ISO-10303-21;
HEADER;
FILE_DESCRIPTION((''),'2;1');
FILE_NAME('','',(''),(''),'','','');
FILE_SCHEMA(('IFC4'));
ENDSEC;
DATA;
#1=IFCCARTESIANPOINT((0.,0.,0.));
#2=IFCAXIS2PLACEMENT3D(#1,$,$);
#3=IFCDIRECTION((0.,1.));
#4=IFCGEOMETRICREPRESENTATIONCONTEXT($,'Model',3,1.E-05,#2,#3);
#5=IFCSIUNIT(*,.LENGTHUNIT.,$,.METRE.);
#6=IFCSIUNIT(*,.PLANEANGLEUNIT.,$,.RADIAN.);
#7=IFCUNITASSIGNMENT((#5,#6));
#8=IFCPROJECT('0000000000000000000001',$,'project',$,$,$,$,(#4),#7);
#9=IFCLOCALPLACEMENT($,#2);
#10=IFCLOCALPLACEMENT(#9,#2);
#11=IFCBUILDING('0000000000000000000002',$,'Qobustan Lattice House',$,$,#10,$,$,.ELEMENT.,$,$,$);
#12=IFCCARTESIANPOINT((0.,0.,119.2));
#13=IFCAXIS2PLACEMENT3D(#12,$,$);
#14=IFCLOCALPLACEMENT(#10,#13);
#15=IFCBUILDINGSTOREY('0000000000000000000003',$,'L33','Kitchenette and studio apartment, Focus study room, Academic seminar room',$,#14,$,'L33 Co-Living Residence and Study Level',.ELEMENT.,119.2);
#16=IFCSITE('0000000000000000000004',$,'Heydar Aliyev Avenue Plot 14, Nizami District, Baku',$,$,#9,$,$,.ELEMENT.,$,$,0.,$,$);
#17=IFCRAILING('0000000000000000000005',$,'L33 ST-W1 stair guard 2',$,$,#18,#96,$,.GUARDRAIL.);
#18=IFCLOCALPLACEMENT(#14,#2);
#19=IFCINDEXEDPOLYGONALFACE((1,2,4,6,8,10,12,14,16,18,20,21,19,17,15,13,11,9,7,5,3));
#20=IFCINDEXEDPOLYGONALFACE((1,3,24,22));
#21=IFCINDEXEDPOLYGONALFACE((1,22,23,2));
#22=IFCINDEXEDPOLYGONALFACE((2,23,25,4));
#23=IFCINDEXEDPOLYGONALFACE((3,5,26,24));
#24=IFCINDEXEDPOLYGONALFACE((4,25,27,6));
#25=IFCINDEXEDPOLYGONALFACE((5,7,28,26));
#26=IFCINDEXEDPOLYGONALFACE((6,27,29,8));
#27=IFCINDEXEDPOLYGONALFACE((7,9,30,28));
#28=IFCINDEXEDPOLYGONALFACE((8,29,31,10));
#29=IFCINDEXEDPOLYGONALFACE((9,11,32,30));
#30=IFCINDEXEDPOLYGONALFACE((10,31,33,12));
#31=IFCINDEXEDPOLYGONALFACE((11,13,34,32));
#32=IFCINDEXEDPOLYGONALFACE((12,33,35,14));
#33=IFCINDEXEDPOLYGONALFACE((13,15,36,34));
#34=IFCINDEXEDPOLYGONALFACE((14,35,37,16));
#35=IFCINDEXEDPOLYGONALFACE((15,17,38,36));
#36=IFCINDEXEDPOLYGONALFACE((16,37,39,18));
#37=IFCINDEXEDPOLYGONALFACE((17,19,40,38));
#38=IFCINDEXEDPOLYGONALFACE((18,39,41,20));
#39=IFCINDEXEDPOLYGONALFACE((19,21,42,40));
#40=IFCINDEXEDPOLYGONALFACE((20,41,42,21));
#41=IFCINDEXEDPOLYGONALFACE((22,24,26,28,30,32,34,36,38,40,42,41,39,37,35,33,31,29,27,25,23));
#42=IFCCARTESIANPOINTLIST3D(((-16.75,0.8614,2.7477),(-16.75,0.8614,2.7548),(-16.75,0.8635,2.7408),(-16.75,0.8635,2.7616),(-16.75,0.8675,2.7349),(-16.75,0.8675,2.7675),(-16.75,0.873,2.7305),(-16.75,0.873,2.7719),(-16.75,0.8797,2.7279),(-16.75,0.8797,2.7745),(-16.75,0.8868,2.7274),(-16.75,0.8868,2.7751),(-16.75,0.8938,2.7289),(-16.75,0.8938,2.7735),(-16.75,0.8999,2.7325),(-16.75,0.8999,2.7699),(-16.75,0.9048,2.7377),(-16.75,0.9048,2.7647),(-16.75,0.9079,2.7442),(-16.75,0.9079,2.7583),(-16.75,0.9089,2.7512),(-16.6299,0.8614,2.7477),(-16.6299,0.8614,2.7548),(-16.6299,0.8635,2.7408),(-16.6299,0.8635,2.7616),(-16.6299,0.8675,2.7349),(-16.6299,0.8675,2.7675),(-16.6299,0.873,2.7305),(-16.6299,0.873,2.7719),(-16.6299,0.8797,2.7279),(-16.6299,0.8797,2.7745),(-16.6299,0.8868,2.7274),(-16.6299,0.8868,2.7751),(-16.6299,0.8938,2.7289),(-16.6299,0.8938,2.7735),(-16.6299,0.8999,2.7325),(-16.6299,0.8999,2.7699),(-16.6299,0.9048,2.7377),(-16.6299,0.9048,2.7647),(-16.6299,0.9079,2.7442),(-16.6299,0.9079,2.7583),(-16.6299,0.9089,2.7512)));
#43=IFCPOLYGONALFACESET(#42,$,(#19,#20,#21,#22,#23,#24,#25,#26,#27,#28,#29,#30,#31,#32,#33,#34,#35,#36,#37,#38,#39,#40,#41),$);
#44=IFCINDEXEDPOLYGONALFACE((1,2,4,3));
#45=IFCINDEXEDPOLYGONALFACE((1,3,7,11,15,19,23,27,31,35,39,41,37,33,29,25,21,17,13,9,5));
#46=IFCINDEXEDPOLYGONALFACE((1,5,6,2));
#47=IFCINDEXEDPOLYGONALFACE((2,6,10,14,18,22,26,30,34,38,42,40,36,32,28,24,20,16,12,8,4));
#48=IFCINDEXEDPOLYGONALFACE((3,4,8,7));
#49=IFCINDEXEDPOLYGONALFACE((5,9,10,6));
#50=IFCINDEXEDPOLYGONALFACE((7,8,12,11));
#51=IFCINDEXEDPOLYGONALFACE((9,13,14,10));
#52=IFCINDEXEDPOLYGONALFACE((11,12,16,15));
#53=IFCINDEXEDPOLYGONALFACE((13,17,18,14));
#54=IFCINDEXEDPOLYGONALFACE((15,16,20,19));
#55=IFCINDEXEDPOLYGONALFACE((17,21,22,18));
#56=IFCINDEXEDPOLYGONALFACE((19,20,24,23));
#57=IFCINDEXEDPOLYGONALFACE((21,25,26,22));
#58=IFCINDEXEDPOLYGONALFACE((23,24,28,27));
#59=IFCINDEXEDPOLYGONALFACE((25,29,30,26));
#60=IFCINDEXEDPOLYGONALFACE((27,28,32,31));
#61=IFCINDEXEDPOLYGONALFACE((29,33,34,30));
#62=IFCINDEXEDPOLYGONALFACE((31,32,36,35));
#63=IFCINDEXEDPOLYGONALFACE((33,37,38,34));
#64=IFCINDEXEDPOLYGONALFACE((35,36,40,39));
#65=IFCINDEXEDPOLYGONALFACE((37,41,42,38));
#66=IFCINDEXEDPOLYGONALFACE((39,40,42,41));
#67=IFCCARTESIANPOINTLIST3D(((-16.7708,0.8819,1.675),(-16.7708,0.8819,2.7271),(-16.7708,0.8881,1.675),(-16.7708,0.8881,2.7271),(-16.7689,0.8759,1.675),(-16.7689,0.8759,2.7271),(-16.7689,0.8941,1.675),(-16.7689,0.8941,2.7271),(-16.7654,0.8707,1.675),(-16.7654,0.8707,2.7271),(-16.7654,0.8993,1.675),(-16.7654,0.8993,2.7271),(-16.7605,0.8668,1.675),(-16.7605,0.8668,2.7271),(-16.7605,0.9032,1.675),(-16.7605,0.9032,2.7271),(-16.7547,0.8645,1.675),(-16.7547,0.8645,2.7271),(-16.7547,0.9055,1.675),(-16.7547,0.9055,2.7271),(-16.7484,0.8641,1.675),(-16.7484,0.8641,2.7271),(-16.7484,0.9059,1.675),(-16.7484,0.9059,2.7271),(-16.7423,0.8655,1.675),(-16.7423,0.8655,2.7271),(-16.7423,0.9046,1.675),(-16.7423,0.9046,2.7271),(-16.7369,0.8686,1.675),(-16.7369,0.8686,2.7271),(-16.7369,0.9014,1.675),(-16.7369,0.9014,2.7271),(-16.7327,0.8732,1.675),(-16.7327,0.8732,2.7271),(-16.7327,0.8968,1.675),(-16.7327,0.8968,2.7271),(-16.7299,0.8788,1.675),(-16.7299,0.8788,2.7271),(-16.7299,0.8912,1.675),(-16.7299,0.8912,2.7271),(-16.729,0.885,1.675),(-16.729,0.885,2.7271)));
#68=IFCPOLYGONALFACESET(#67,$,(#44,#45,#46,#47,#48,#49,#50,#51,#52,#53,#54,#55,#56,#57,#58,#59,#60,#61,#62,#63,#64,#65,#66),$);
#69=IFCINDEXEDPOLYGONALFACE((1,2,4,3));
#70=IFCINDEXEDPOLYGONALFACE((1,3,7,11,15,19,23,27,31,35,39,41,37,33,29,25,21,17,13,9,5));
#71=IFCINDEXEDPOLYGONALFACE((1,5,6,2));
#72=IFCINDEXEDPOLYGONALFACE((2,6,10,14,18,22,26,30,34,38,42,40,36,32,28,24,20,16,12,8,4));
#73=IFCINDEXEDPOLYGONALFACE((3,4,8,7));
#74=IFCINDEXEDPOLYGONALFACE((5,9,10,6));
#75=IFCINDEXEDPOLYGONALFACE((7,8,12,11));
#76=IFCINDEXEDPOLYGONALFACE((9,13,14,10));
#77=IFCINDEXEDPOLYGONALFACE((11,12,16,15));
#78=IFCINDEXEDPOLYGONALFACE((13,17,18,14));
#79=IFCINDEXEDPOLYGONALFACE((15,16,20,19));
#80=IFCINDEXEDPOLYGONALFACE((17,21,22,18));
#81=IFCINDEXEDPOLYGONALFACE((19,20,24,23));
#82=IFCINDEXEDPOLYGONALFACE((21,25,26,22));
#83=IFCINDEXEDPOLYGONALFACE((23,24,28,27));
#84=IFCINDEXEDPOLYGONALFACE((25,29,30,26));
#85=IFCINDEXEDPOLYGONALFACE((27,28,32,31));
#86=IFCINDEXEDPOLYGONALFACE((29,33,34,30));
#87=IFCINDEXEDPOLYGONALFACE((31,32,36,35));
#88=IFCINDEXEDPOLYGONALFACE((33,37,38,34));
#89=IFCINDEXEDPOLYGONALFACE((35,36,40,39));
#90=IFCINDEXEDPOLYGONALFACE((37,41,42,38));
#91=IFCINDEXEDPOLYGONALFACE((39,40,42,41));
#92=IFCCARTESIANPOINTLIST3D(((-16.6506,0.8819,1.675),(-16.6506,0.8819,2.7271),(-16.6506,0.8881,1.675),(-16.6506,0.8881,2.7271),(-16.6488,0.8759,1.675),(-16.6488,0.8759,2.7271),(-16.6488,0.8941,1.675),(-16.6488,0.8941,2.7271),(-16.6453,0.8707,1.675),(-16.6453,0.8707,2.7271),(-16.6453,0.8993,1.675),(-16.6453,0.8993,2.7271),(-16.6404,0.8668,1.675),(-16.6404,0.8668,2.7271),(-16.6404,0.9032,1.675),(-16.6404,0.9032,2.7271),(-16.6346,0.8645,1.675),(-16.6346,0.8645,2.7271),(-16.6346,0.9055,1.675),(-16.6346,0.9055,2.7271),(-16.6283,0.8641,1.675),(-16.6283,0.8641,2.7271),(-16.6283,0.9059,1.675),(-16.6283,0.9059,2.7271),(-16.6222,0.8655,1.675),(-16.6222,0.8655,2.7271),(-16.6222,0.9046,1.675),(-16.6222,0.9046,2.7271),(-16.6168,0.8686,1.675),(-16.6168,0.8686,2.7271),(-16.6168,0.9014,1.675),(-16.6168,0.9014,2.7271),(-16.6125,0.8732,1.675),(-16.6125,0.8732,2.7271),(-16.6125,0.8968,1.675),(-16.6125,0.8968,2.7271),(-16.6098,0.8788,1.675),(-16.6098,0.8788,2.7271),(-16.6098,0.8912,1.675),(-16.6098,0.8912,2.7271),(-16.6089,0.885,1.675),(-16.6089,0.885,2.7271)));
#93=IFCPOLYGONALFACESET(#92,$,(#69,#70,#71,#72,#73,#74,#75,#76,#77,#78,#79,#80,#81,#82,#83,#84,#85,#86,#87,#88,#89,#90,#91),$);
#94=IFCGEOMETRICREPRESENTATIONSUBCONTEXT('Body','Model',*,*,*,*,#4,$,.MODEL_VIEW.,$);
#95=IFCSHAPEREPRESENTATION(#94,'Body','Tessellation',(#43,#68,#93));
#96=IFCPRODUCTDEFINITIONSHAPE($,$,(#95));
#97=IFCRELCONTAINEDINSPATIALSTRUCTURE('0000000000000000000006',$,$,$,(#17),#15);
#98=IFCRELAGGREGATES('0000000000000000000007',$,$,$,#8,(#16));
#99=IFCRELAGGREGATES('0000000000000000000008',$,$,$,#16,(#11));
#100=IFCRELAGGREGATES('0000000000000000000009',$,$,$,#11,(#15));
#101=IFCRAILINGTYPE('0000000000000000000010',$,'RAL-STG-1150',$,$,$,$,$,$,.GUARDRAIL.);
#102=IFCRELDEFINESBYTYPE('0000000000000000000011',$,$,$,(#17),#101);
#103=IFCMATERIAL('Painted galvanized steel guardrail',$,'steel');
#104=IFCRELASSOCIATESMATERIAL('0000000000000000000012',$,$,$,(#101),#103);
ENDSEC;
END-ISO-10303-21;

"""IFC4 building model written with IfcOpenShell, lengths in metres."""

from ifc_helpers import new_model, si_unit, direction, frame, origin, origin_2d, place, context, subcontext, project, spatial, circle, extrude, material, type_object, element, save


model = new_model("IFC4")

# Units and contexts
model_context = context("Model", 3, precision=1e-05, world=origin(), true_north=direction((0.0, 1.0)))
body_context = subcontext(model_context, "Body", "Model", "MODEL_VIEW")
ifc_project = project(units=[si_unit("LENGTHUNIT", "METRE"), si_unit("PLANEANGLEUNIT", "RADIAN")], contexts=[model_context])

# Site, building, storey
site_placement = place(None, origin())
site = spatial("IfcSite", under=ifc_project, at=site_placement, Name="Heydar Aliyev Avenue Plot 14, Nizami District, Baku", CompositionType="ELEMENT", RefElevation=0.0)
building_placement = place(site_placement, origin())
building = spatial("IfcBuilding", under=site, at=building_placement, Name="Qobustan Lattice House", CompositionType="ELEMENT")
storey_placement = place(building_placement, frame((0.0, 0.0, 119.2)))
storey = spatial("IfcBuildingStorey", under=building, at=storey_placement, Name="L33", Description="Kitchenette and studio apartment, Focus study room, Academic seminar room", LongName="L33 Co-Living Residence and Study Level", CompositionType="ELEMENT", Elevation=119.2)

# Railing
ifc_material_1 = material(Name="Painted galvanized steel guardrail", Category="steel")
railing_type_1 = type_object("IfcRailingType", Name="RAL-STG-1150", PredefinedType="GUARDRAIL", material=ifc_material_1)
railing_1_placement = place(storey_placement, frame((-16.75, 0.885, 1.675)))
element("IfcRailing", 1, at=railing_1_placement, inside=storey, type_object=railing_type_1, Name="L33 ST-W1 stair guard 2", PredefinedType="GUARDRAIL", context=body_context, shape_type="SweptSolid", body=[
    extrude(circle(Radius=0.0239, at=origin_2d()), frame((0.0, 0.0, 1.0762), z_axis=(1.0, 0.0, 0.0), x_axis=(0.0, 1.0, 0.0)), (0.0, 0.0, 1.0), 0.1201),
    extrude(circle(Radius=0.021, at=origin_2d()), origin(), (0.0, 0.0, 1.0), 1.052),
    extrude(circle(Radius=0.021, at=origin_2d()), frame((0.1201, 0.0, 0.0)), (0.0, 0.0, 1.0), 1.052),
])

save(model, "model.ifc")
